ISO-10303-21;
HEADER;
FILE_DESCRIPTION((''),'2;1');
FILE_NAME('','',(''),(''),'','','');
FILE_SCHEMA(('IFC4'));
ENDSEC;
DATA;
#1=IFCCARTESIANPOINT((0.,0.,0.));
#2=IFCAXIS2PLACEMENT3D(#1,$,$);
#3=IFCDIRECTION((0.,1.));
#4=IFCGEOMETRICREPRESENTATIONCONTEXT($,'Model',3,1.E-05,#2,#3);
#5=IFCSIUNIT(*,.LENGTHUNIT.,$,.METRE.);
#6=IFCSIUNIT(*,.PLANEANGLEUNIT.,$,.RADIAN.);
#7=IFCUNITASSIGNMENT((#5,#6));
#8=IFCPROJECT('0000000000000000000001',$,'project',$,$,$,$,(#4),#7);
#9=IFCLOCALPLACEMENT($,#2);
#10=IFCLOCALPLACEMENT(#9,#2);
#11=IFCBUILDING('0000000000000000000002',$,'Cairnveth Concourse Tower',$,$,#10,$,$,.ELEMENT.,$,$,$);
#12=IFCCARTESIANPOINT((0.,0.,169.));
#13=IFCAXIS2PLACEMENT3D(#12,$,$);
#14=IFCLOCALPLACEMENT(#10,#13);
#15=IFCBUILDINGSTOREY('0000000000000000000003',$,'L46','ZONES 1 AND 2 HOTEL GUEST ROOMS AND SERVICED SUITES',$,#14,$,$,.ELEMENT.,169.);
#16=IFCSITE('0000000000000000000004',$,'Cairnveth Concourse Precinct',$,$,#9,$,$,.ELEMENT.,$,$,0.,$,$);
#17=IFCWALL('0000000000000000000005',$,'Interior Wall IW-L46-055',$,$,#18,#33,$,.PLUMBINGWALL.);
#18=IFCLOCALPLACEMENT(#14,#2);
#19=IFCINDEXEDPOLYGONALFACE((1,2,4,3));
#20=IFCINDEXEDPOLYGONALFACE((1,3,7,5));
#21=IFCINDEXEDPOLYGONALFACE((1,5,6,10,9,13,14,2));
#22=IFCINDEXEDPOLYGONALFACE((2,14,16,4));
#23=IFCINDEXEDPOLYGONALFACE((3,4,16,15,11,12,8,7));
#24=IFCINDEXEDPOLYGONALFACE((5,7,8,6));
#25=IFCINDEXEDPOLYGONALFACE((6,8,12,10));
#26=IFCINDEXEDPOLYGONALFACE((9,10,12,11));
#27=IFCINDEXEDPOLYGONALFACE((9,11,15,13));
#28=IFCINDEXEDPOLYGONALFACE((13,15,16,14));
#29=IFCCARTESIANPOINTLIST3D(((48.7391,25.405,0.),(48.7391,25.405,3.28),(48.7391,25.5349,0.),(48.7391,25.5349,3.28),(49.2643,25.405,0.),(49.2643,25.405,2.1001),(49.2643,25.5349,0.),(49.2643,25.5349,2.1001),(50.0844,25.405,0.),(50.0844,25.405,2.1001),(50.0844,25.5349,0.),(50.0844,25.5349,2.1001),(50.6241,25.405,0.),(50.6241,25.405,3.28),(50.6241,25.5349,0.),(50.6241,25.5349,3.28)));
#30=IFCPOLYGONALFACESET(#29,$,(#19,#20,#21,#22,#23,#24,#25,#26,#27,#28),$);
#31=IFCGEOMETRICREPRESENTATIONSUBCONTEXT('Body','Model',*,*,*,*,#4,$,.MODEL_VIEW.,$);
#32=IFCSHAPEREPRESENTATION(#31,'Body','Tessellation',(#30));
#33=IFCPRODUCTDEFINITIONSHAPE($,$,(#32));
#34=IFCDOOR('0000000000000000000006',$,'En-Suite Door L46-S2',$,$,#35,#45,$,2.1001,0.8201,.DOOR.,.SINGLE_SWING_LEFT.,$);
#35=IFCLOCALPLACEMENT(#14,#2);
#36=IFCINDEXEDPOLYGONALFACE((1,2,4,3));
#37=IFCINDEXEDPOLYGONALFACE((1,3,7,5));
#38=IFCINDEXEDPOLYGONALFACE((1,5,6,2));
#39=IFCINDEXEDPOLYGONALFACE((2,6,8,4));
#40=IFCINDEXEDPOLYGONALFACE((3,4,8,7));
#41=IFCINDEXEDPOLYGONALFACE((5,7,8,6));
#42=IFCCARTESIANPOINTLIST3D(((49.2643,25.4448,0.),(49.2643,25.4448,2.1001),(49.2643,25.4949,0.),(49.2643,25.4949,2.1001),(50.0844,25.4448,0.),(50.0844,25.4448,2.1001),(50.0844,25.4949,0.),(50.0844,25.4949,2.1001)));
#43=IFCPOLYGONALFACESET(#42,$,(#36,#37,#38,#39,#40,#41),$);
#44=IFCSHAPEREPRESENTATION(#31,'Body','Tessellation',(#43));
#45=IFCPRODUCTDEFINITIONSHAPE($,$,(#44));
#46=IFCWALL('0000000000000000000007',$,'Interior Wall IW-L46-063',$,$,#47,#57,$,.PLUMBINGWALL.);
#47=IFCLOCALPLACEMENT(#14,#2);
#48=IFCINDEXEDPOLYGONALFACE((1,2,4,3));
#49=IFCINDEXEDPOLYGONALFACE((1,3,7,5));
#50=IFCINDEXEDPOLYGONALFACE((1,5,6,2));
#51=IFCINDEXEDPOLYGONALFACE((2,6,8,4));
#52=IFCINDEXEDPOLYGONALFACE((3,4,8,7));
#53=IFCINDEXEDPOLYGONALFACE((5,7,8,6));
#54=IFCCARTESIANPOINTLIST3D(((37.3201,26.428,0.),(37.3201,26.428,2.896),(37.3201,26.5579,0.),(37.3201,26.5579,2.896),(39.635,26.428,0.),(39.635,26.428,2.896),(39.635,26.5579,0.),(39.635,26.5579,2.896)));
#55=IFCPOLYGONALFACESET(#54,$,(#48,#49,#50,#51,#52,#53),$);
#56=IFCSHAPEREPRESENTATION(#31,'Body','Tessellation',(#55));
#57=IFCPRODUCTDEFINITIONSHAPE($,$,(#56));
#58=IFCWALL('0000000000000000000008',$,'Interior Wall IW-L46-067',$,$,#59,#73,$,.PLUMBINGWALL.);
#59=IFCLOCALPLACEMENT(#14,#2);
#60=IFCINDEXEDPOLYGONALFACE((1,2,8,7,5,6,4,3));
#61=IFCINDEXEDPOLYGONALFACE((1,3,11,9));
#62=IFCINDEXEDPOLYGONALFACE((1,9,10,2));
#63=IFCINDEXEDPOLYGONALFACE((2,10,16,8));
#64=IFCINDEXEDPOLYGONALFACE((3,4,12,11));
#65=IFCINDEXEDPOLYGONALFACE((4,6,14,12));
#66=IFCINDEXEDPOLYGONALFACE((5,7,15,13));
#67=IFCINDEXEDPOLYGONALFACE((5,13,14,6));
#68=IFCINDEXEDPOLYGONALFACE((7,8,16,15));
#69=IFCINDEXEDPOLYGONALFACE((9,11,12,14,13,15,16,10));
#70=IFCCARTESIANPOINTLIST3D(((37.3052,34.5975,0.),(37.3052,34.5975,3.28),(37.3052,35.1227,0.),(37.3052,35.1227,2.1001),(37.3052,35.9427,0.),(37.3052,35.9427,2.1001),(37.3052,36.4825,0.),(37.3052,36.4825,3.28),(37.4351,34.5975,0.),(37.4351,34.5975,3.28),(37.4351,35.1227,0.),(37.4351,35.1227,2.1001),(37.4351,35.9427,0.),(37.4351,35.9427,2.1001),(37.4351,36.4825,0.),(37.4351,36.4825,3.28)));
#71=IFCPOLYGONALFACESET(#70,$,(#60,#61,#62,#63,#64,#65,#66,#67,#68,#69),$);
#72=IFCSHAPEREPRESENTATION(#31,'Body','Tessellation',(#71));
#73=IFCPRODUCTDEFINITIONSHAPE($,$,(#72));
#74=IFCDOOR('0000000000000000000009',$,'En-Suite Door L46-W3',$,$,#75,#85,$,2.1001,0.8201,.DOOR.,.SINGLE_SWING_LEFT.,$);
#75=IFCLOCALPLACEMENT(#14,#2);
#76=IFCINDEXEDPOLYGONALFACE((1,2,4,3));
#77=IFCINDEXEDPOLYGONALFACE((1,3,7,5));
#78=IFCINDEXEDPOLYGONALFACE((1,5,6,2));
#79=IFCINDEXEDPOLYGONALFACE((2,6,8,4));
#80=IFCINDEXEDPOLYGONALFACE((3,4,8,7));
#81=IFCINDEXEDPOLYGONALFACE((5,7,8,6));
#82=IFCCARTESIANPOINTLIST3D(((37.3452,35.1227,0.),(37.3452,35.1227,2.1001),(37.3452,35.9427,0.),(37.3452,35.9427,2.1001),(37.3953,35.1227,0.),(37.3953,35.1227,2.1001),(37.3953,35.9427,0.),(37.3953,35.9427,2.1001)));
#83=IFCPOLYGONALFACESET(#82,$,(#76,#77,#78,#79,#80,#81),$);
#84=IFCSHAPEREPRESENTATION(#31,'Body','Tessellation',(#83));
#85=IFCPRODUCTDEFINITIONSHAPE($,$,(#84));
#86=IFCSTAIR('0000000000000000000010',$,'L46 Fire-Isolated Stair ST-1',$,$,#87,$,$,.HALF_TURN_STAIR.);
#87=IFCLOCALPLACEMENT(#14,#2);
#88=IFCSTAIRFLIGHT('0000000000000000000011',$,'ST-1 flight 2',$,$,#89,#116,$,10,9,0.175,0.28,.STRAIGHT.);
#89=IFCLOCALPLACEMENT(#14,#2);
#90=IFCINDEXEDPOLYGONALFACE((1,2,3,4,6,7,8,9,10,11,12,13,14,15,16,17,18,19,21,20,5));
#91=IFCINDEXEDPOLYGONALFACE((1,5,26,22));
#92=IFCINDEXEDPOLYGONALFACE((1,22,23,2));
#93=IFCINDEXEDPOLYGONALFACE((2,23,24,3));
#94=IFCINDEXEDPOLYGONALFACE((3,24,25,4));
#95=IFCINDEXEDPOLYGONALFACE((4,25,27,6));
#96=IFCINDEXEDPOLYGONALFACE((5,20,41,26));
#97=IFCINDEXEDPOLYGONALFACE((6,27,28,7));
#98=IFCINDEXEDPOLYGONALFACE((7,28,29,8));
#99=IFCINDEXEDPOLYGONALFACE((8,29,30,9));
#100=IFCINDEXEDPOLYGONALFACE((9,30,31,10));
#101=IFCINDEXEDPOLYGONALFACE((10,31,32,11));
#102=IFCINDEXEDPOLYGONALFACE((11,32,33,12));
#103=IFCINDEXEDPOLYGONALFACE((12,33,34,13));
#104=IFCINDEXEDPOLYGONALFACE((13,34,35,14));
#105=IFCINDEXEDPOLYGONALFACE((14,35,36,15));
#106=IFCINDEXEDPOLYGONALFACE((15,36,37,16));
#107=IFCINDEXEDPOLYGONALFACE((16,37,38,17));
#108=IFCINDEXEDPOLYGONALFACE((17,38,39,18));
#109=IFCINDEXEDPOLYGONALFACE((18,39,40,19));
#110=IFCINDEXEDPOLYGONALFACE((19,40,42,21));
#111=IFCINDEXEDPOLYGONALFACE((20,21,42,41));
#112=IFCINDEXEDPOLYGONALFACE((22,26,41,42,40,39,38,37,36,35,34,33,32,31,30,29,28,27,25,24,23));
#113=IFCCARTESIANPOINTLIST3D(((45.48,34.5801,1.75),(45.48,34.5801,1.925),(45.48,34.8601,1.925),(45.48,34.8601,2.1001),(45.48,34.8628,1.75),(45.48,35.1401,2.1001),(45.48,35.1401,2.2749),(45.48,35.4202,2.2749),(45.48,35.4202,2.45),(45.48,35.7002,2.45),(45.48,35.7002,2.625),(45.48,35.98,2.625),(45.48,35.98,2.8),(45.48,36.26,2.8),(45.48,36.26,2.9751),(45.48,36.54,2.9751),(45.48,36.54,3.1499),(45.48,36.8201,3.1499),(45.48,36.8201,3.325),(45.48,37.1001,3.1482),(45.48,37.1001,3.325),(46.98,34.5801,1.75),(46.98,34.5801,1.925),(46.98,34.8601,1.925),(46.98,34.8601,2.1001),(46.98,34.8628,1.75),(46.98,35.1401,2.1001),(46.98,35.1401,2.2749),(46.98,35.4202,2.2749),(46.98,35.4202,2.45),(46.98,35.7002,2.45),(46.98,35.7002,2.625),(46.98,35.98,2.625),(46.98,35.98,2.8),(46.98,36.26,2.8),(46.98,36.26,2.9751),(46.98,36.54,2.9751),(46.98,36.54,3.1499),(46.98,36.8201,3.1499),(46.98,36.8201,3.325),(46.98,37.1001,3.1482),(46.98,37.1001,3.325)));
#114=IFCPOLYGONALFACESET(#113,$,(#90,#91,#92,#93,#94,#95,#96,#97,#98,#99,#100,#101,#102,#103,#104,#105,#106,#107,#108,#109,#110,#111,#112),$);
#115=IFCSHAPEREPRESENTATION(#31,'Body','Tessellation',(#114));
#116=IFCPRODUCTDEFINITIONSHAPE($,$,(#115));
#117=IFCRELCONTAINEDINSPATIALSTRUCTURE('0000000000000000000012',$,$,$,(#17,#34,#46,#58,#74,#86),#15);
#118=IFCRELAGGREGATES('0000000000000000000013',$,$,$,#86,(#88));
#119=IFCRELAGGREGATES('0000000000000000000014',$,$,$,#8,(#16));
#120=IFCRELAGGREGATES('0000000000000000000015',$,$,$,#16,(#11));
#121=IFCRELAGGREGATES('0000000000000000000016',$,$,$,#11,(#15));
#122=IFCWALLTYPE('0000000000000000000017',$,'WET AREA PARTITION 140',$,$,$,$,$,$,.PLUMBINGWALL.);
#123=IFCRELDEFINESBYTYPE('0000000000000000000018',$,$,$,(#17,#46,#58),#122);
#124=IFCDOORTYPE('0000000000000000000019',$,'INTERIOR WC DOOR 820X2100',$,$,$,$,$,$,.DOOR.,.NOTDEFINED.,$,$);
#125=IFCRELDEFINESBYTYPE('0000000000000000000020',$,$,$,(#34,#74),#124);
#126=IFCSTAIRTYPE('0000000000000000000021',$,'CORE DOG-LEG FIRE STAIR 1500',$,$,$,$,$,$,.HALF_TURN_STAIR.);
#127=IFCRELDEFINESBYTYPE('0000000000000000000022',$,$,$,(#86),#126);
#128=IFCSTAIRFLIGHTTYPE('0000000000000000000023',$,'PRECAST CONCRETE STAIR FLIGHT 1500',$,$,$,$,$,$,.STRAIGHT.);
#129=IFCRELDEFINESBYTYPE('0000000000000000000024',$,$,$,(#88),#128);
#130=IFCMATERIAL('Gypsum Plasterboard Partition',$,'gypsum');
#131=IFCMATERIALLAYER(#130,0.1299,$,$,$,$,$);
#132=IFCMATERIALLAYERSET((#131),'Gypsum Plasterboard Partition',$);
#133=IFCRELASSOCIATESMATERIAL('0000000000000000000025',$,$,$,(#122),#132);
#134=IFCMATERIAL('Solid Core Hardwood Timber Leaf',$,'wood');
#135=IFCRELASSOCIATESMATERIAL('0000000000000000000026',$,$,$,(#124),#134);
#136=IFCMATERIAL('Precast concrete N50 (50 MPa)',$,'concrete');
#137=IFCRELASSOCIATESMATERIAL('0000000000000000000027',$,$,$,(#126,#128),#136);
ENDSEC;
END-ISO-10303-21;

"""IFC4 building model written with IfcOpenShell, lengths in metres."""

from ifc_helpers import new_model, si_unit, direction, frame, frame_2d, origin, place, context, subcontext, project, spatial, polyline, rectangle, outline, extrude, material, layer, layer_set, type_object, element, fill, aggregate, save


model = new_model("IFC4")

# Units and contexts
model_context = context("Model", 3, precision=1e-05, world=origin(), true_north=direction((0.0, 1.0)))
body_context = subcontext(model_context, "Body", "Model", "MODEL_VIEW")
ifc_project = project(units=[si_unit("LENGTHUNIT", "METRE"), si_unit("PLANEANGLEUNIT", "RADIAN")], contexts=[model_context])

# Site, building, storey
site_placement = place(None, origin())
site = spatial("IfcSite", under=ifc_project, at=site_placement, Name="Cairnveth Concourse Precinct", CompositionType="ELEMENT", RefElevation=0.0)
building_placement = place(site_placement, origin())
building = spatial("IfcBuilding", under=site, at=building_placement, Name="Cairnveth Concourse Tower", CompositionType="ELEMENT")
storey_placement = place(building_placement, frame((0.0, 0.0, 169.0)))
storey = spatial("IfcBuildingStorey", under=building, at=storey_placement, Name="L46", Description="ZONES 1 AND 2 HOTEL GUEST ROOMS AND SERVICED SUITES", CompositionType="ELEMENT", Elevation=169.0)

# Shared definitions
ifc_material_1 = material(Name="Gypsum Plasterboard Partition", Category="gypsum")

# Shared definitions
ifc_material_2 = material(Name="Solid Core Hardwood Timber Leaf", Category="wood")

# Wall, opening, door
ifc_layer_1 = layer(ifc_material_1, 0.1299)
ifc_layer_set_1 = layer_set([ifc_layer_1], Name="Gypsum Plasterboard Partition")
wall_type_1 = type_object("IfcWallType", Name="WET AREA PARTITION 140", PredefinedType="PLUMBINGWALL", material=ifc_layer_set_1)
wall_1_placement = place(storey_placement, frame((48.7393, 25.47, 0.0), z_axis=(0.0, 0.0, 1.0), x_axis=(1.0, 0.0, 0.0)))
wall_1 = element("IfcWall", 1, at=wall_1_placement, inside=storey, type_object=wall_type_1, Name="Interior Wall IW-L46-055", PredefinedType="PLUMBINGWALL", context=body_context, shape_type="SweptSolid", body=[
    extrude(rectangle(XDim=1.885, YDim=0.1299, at=frame_2d((0.9424, 0.0))), origin(), (0.0, 0.0, 1.0), 3.28),
])
opening_1_placement = place(wall_1_placement, frame((0.5249, 0.0, 0.0)))
opening_1 = element("IfcOpeningElement", 2, at=opening_1_placement, cuts=wall_1, PredefinedType="OPENING", context=body_context, shape_type="SweptSolid", body=[
    extrude(rectangle(XDim=0.8201, YDim=2.1001, at=frame_2d((0.4102, 1.05))), frame((0.0, 0.075, 0.0), z_axis=(0.0, -1.0, 0.0), x_axis=(1.0, 0.0, 0.0)), (0.0, 0.0, 1.0), 0.1499),
])
door_type_1 = type_object("IfcDoorType", Name="INTERIOR WC DOOR 820X2100", OperationType="NOTDEFINED", PredefinedType="DOOR", material=ifc_material_2)
door_1_placement = place(opening_1_placement, origin())
door_1 = element("IfcDoor", 3, at=door_1_placement, inside=storey, type_object=door_type_1, Name="En-Suite Door L46-S2", OperationType="SINGLE_SWING_LEFT", OverallHeight=2.1001, OverallWidth=0.8201, PredefinedType="DOOR", context=body_context, shape_type="SweptSolid", body=[
    extrude(rectangle(XDim=0.8201, YDim=2.1001, at=frame_2d((0.4102, 1.05))), frame((0.0, 0.0249, 0.0), z_axis=(0.0, -1.0, 0.0), x_axis=(1.0, 0.0, 0.0)), (0.0, 0.0, 1.0), 0.05),
])
fill(opening_1, door_1)

# Wall
wall_2_placement = place(storey_placement, frame((37.3201, 26.4929, 0.0), z_axis=(0.0, 0.0, 1.0), x_axis=(1.0, 0.0, 0.0)))
element("IfcWall", 4, at=wall_2_placement, inside=storey, type_object=wall_type_1, Name="Interior Wall IW-L46-063", PredefinedType="PLUMBINGWALL", context=body_context, shape_type="SweptSolid", body=[
    extrude(rectangle(XDim=2.3149, YDim=0.1299, at=frame_2d((1.1575, 0.0))), origin(), (0.0, 0.0, 1.0), 2.896),
])

# Wall, opening, door
wall_3_placement = place(storey_placement, frame((37.3701, 34.5977, 0.0), z_axis=(0.0, 0.0, 1.0), x_axis=(0.0, 1.0, 0.0)))
wall_3 = element("IfcWall", 5, at=wall_3_placement, inside=storey, type_object=wall_type_1, Name="Interior Wall IW-L46-067", PredefinedType="PLUMBINGWALL", context=body_context, shape_type="SweptSolid", body=[
    extrude(rectangle(XDim=1.885, YDim=0.1299, at=frame_2d((0.9424, 0.0))), origin(), (0.0, 0.0, 1.0), 3.28),
])
opening_2_placement = place(wall_3_placement, frame((0.5249, 0.0, 0.0)))
opening_2 = element("IfcOpeningElement", 6, at=opening_2_placement, cuts=wall_3, PredefinedType="OPENING", context=body_context, shape_type="SweptSolid", body=[
    extrude(rectangle(XDim=0.8201, YDim=2.1001, at=frame_2d((0.4102, 1.05))), frame((0.0, 0.075, 0.0), z_axis=(0.0, -1.0, 0.0), x_axis=(1.0, 0.0, 0.0)), (0.0, 0.0, 1.0), 0.1499),
])
door_2_placement = place(opening_2_placement, origin())
door_2 = element("IfcDoor", 7, at=door_2_placement, inside=storey, type_object=door_type_1, Name="En-Suite Door L46-W3", OperationType="SINGLE_SWING_LEFT", OverallHeight=2.1001, OverallWidth=0.8201, PredefinedType="DOOR", context=body_context, shape_type="SweptSolid", body=[
    extrude(rectangle(XDim=0.8201, YDim=2.1001, at=frame_2d((0.4102, 1.05))), frame((0.0, 0.0249, 0.0), z_axis=(0.0, -1.0, 0.0), x_axis=(1.0, 0.0, 0.0)), (0.0, 0.0, 1.0), 0.05),
])
fill(opening_2, door_2)

# Stair, stair flight
ifc_material_3 = material(Name="Precast concrete N50 (50 MPa)", Category="concrete")
stair_type = type_object("IfcStairType", Name="CORE DOG-LEG FIRE STAIR 1500", PredefinedType="HALF_TURN_STAIR", material=ifc_material_3)
stair_placement = place(storey_placement, origin())
stair = element("IfcStair", 8, at=stair_placement, inside=storey, type_object=stair_type, Name="L46 Fire-Isolated Stair ST-1", PredefinedType="HALF_TURN_STAIR")
stair_flight_type = type_object("IfcStairFlightType", Name="PRECAST CONCRETE STAIR FLIGHT 1500", PredefinedType="STRAIGHT", material=ifc_material_3)
stair_flight_placement = place(storey_placement, frame((46.23, 34.5801, 1.75), z_axis=(0.0, 0.0, 1.0), x_axis=(0.0, 1.0, 0.0)))
stair_flight = element("IfcStairFlight", 9, at=stair_flight_placement, type_object=stair_flight_type, Name="ST-1 flight 2", NumberOfRisers=10, NumberOfTreads=9, PredefinedType="STRAIGHT", RiserHeight=0.175, TreadLength=0.28, context=body_context, shape_type="SweptSolid", body=[
    extrude(outline(polyline([(0.0, 0.0), (0.0, 0.175), (0.28, 0.175), (0.28, 0.3501), (0.5601, 0.3501), (0.5601, 0.5249), (0.8401, 0.5249), (0.8401, 0.7), (1.1201, 0.7), (1.1201, 0.875), (1.3999, 0.875), (1.3999, 1.05), (1.6799, 1.05), (1.6799, 1.2251), (1.96, 1.2251), (1.96, 1.3999), (2.24, 1.3999), (2.24, 1.575), (2.52, 1.575), (2.52, 1.75), (2.52, 1.3982), (0.2827, 0.0), (0.0, 0.0)])), frame((0.0, 0.75, 0.0), z_axis=(0.0, -1.0, 0.0), x_axis=(1.0, 0.0, 0.0)), (0.0, 0.0, 1.0), 1.5),
])
aggregate(stair, [stair_flight])

save(model, "model.ifc")
